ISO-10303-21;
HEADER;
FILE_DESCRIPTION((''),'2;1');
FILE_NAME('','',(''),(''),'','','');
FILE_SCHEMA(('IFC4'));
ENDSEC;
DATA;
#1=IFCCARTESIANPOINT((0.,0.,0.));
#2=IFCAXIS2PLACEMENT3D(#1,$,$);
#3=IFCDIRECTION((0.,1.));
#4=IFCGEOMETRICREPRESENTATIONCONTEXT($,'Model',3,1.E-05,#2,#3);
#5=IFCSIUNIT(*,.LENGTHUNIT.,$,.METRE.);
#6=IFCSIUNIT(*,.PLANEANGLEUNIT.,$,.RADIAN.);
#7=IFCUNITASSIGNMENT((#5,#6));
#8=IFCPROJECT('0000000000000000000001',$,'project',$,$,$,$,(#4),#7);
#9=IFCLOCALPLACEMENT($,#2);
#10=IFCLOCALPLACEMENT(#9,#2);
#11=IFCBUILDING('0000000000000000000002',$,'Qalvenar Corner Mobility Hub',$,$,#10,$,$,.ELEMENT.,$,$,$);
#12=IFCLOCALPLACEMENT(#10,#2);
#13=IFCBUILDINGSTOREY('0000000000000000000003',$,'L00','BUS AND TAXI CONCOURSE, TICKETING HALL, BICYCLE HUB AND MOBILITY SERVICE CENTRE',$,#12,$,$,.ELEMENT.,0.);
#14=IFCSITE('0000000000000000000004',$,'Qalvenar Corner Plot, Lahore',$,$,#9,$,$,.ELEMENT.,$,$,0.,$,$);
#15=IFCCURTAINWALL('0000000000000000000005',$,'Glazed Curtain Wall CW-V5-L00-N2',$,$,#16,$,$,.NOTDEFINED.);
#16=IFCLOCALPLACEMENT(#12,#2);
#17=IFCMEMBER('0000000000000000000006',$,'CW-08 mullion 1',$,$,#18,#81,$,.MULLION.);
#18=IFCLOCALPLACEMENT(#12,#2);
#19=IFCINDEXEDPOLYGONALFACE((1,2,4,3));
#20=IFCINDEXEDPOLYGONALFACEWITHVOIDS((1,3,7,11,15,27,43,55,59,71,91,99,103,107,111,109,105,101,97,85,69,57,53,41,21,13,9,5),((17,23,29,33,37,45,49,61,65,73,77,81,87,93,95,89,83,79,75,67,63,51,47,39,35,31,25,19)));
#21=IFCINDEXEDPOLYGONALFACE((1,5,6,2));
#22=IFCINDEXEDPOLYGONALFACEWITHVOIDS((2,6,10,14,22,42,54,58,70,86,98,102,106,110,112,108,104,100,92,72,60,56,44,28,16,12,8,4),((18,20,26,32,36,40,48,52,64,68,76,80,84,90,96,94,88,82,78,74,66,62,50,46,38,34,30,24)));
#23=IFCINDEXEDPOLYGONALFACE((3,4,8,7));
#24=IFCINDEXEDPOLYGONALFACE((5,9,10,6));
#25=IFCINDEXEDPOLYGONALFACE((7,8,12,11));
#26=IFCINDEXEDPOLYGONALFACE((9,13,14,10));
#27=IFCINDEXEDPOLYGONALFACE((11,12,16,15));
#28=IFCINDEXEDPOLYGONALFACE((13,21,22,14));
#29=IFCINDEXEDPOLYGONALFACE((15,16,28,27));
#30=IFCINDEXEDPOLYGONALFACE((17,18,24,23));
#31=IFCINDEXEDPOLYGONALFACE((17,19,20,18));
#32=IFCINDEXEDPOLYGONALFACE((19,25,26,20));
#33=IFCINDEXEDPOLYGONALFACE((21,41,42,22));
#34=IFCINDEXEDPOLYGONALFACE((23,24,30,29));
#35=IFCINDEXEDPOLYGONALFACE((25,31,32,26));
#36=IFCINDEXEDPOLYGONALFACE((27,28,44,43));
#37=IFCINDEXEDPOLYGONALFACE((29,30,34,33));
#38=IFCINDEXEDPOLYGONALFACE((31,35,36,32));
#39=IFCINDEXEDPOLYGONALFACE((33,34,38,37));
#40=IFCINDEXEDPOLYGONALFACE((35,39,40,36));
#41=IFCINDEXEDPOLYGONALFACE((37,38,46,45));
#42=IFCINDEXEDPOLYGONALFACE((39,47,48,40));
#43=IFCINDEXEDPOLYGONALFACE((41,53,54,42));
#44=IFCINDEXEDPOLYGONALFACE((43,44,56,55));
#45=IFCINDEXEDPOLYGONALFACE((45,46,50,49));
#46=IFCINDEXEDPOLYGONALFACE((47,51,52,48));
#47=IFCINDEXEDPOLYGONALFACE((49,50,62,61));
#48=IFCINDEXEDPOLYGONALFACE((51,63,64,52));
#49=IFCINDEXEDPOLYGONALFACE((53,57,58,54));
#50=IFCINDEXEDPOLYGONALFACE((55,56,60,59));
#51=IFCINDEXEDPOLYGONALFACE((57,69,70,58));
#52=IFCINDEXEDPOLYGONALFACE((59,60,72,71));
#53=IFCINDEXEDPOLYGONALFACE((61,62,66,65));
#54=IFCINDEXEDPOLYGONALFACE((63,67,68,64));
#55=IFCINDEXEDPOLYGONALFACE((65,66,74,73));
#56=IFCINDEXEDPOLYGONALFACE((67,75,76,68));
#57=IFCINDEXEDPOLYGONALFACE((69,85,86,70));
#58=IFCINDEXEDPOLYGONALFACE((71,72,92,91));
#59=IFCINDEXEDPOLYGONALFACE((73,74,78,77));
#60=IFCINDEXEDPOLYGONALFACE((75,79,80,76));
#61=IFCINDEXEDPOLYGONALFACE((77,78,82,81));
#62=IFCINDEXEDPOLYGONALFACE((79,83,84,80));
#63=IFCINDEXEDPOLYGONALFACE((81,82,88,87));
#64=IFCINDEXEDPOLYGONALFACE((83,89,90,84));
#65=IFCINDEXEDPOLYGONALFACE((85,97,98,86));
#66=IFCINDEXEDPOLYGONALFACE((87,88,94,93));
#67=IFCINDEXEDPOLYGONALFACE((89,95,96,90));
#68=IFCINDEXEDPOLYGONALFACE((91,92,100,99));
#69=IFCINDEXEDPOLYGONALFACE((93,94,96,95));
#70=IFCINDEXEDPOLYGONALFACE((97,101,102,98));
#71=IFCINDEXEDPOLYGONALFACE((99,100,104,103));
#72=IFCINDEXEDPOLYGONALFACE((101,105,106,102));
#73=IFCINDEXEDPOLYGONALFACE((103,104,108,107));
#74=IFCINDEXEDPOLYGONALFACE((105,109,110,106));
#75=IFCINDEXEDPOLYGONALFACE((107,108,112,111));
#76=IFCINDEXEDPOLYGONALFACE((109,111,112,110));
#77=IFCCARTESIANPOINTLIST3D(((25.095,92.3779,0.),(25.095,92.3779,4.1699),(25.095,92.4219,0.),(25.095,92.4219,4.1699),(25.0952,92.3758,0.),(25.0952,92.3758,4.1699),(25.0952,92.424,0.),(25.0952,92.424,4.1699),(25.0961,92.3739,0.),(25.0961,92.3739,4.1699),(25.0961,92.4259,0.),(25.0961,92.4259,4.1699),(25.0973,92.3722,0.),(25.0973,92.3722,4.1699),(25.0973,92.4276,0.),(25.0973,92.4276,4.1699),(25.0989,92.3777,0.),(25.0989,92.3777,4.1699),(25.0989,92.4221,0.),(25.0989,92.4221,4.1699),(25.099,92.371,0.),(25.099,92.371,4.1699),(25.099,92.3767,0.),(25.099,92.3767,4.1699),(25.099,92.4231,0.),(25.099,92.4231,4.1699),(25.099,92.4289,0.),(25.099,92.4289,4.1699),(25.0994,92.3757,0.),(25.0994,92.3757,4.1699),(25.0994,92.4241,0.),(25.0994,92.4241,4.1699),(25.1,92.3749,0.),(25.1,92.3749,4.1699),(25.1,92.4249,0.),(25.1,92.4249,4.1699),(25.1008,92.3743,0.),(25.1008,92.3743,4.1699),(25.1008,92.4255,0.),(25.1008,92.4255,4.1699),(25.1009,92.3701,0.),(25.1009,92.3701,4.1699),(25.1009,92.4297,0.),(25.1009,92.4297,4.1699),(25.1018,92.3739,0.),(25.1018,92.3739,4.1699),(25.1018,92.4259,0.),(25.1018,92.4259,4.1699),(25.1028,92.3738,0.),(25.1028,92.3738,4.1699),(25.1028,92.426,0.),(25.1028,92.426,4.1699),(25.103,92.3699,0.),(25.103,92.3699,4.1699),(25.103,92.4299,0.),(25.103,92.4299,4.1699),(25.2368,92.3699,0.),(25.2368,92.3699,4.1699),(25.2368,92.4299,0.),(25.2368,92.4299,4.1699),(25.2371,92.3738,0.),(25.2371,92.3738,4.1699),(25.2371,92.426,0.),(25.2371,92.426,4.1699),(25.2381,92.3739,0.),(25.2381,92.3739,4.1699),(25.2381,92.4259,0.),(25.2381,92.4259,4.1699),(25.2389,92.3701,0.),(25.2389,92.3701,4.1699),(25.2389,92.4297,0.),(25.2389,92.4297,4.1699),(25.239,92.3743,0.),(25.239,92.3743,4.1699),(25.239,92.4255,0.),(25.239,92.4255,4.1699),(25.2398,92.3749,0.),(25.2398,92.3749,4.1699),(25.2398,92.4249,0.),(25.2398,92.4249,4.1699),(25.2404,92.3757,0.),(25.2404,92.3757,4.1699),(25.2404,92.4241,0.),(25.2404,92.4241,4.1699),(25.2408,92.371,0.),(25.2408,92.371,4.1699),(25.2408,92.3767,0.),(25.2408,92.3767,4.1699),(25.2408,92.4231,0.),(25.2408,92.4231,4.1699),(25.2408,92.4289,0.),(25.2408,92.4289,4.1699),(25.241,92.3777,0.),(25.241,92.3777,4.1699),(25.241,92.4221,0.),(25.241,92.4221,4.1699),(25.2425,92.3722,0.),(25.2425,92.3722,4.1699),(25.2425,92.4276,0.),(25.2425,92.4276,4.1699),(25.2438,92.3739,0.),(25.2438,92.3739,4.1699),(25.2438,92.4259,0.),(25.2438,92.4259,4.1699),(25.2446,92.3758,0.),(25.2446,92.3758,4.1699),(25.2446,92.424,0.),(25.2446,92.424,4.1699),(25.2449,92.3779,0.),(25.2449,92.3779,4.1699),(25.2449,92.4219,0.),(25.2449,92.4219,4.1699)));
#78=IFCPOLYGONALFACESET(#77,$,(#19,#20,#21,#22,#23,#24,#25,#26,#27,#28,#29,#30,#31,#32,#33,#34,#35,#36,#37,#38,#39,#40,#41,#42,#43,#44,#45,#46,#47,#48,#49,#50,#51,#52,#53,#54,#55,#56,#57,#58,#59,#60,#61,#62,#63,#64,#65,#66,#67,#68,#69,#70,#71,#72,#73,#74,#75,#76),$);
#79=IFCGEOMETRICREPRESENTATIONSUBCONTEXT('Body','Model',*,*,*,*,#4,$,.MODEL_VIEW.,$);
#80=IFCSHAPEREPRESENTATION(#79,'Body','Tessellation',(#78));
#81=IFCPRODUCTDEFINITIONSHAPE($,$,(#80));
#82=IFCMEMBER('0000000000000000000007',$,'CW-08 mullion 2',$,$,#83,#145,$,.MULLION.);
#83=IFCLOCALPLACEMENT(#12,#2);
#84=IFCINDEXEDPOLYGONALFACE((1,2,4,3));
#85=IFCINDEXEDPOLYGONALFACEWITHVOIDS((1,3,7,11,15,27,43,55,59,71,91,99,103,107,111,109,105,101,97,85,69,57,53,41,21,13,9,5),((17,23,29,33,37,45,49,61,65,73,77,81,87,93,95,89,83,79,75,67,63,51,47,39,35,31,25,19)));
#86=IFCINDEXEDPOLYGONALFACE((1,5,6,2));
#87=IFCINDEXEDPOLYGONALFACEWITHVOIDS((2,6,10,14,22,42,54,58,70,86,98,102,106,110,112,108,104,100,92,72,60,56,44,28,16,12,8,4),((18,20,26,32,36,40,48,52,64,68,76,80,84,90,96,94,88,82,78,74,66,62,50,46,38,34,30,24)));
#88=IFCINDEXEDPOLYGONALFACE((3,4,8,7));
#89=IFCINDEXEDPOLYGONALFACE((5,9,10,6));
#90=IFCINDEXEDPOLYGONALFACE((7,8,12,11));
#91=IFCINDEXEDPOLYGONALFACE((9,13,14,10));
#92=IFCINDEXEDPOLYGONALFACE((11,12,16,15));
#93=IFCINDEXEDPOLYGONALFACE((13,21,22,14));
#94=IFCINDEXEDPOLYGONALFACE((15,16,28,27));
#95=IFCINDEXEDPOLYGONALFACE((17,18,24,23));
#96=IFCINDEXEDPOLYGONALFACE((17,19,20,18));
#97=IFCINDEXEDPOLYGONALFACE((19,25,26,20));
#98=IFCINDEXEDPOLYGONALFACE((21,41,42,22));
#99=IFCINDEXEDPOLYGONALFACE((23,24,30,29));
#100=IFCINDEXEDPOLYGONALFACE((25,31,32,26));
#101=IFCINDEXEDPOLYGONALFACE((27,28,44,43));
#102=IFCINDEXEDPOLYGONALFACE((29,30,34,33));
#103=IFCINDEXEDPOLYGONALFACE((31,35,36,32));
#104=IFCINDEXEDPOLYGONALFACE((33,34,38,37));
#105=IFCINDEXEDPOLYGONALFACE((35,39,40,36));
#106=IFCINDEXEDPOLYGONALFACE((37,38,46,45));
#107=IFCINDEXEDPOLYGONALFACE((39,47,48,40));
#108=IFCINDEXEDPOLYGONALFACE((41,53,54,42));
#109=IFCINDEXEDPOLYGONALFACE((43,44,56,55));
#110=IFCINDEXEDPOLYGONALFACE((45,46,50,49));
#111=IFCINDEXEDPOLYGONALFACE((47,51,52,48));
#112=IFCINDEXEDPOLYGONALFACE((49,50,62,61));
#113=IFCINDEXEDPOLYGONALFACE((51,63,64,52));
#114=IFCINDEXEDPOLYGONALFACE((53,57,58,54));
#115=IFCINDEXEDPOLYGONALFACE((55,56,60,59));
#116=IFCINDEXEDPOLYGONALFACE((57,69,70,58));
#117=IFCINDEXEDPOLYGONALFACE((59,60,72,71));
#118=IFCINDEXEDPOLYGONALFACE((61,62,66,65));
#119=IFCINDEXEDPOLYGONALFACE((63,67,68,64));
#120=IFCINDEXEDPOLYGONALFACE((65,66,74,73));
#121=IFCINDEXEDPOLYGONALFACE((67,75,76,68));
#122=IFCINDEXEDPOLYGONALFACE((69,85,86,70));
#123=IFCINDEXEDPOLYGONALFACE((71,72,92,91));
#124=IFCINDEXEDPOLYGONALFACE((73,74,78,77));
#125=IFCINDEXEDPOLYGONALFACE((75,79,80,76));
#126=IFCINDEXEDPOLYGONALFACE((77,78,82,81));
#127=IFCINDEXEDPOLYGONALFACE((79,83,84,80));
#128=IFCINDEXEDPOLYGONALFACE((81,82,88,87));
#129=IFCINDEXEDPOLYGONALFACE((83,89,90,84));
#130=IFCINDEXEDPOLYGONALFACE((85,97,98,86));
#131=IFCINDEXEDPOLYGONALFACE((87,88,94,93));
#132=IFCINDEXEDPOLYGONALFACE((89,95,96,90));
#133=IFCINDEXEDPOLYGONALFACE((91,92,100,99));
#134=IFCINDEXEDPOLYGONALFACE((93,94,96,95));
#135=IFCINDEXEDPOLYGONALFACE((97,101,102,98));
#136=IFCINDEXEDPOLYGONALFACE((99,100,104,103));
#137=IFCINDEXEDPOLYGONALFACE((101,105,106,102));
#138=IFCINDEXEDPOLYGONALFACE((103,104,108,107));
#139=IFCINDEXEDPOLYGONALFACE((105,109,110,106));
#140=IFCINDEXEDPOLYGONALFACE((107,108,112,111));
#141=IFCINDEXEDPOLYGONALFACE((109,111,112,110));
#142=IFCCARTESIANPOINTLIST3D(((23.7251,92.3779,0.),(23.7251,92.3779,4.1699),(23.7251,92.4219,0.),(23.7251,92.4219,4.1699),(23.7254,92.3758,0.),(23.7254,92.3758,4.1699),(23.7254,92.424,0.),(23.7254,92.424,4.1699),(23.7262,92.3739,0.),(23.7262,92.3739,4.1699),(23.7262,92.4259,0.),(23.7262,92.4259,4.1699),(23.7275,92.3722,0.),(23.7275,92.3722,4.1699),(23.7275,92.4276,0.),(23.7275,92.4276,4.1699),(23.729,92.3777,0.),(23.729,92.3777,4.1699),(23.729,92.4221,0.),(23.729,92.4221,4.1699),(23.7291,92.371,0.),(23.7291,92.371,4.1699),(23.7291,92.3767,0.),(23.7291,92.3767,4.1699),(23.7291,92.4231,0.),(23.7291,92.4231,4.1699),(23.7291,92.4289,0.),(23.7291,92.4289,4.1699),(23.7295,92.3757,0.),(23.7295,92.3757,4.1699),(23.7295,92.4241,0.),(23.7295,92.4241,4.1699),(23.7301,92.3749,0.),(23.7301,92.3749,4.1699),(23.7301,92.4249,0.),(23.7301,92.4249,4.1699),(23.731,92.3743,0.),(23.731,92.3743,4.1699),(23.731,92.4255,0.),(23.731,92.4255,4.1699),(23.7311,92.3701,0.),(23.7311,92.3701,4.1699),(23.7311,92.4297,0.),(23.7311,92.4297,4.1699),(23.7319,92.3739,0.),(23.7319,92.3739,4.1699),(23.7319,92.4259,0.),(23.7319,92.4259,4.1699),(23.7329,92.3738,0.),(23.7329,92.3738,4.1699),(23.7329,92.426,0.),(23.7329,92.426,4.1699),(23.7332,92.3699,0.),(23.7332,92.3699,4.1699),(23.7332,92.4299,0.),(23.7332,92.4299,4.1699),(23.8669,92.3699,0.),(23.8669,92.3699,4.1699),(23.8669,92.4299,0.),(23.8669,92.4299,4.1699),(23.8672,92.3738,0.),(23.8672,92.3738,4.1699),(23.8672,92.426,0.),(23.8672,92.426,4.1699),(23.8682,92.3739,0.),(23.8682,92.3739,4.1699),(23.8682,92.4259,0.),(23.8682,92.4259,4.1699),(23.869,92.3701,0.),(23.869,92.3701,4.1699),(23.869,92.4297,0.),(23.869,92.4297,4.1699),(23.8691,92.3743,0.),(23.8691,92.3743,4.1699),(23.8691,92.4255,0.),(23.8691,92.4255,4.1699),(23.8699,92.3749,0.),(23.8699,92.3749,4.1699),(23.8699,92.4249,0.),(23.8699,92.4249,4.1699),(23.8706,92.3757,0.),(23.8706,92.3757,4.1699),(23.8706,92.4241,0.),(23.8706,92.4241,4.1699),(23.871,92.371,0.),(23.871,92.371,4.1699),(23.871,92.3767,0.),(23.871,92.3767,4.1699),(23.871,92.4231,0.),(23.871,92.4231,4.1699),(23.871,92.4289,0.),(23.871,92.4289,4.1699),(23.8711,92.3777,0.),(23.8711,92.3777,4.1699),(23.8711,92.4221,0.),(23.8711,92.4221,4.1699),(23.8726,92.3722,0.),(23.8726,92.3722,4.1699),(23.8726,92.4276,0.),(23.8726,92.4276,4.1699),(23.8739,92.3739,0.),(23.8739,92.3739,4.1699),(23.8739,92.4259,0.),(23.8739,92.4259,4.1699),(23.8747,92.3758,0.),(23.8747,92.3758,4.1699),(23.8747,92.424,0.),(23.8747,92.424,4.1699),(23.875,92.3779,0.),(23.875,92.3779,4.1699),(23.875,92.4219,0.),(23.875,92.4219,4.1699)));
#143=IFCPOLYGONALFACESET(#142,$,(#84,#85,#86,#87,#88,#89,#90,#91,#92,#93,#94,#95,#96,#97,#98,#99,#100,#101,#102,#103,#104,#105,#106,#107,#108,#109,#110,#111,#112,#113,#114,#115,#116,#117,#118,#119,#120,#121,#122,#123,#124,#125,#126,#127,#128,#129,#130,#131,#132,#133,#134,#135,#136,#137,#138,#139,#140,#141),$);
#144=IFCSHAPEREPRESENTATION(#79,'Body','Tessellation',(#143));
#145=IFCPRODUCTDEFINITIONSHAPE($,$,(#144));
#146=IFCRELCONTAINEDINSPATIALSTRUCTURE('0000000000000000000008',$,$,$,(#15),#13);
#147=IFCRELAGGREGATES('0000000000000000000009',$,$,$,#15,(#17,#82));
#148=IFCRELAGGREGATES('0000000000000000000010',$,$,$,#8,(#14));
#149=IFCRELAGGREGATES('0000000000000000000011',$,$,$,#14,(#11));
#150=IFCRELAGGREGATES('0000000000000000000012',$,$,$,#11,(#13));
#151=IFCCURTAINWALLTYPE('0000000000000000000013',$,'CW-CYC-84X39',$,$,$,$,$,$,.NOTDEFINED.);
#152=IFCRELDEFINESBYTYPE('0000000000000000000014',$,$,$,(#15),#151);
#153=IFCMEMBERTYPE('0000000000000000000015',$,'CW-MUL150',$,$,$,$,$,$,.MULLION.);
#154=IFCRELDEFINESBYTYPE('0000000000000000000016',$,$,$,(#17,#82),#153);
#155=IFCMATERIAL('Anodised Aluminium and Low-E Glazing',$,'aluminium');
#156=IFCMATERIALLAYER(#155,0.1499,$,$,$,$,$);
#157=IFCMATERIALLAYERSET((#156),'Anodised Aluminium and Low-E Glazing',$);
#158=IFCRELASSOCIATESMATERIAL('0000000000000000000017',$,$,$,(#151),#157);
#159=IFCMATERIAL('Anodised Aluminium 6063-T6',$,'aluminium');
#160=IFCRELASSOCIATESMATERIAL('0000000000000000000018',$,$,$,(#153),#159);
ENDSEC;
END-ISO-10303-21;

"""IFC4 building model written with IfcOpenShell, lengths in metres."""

from ifc_helpers import new_model, si_unit, direction, frame, origin, origin_2d, place, context, subcontext, project, spatial, hollow_rectangle, extrude, material, layer, layer_set, material_profile, profile_set, type_object, element, aggregate, save


model = new_model("IFC4")

# Units and contexts
model_context = context("Model", 3, precision=1e-05, world=origin(), true_north=direction((0.0, 1.0)))
body_context = subcontext(model_context, "Body", "Model", "MODEL_VIEW")
ifc_project = project(units=[si_unit("LENGTHUNIT", "METRE"), si_unit("PLANEANGLEUNIT", "RADIAN")], contexts=[model_context])

# Site, building, storey
site_placement = place(None, origin())
site = spatial("IfcSite", under=ifc_project, at=site_placement, Name="Qalvenar Corner Plot, Lahore", CompositionType="ELEMENT", RefElevation=0.0)
building_placement = place(site_placement, origin())
building = spatial("IfcBuilding", under=site, at=building_placement, Name="Qalvenar Corner Mobility Hub", CompositionType="ELEMENT")
storey_placement = place(building_placement, origin())
storey = spatial("IfcBuildingStorey", under=building, at=storey_placement, Name="L00", Description="BUS AND TAXI CONCOURSE, TICKETING HALL, BICYCLE HUB AND MOBILITY SERVICE CENTRE", CompositionType="ELEMENT", Elevation=0.0)

# Curtain wall, members
ifc_material_1 = material(Name="Anodised Aluminium and Low-E Glazing", Category="aluminium")
ifc_layer_1 = layer(ifc_material_1, 0.1499)
ifc_layer_set_1 = layer_set([ifc_layer_1], Name="Anodised Aluminium and Low-E Glazing")
curtain_wall_type = type_object("IfcCurtainWallType", Name="CW-CYC-84X39", PredefinedType="NOTDEFINED", material=ifc_layer_set_1)
curtain_wall_1_placement = place(storey_placement, origin())
curtain_wall_1 = element("IfcCurtainWall", 1, at=curtain_wall_1_placement, inside=storey, type_object=curtain_wall_type, Name="Glazed Curtain Wall CW-V5-L00-N2", PredefinedType="NOTDEFINED")
ifc_material_2 = material(Name="Anodised Aluminium 6063-T6", Category="aluminium")
ifc_material_profile_1 = material_profile(ifc_material_2, hollow_rectangle(XDim=0.0601, YDim=0.1499, WallThickness=0.0039, InnerFilletRadius=0.0039, OuterFilletRadius=0.0081, at=origin_2d()), Name="RHS150x60x4")
ifc_profile_set_1 = profile_set([ifc_material_profile_1], Name="Anodised Aluminium 6063-T6")
member_type_1 = type_object("IfcMemberType", Name="CW-MUL150", PredefinedType="MULLION", material=ifc_profile_set_1)
member_1_placement = place(storey_placement, frame((25.1699, 92.3999, 0.0), z_axis=(0.0, 0.0, 1.0), x_axis=(0.0, -1.0, 0.0)))
member_1 = element("IfcMember", 2, at=member_1_placement, type_object=member_type_1, Name="CW-08 mullion 1", PredefinedType="MULLION", context=body_context, shape_type="SweptSolid", body=[
    extrude(hollow_rectangle(XDim=0.0601, YDim=0.1499, WallThickness=0.0039, InnerFilletRadius=0.0039, OuterFilletRadius=0.0081, at=origin_2d()), origin(), (0.0, 0.0, 1.0), 4.1699),
])
member_2_placement = place(storey_placement, frame((23.8, 92.3999, 0.0), z_axis=(0.0, 0.0, 1.0), x_axis=(0.0, -1.0, 0.0)))
member_2 = element("IfcMember", 3, at=member_2_placement, type_object=member_type_1, Name="CW-08 mullion 2", PredefinedType="MULLION", context=body_context, shape_type="SweptSolid", body=[
    extrude(hollow_rectangle(XDim=0.0601, YDim=0.1499, WallThickness=0.0039, InnerFilletRadius=0.0039, OuterFilletRadius=0.0081, at=origin_2d()), origin(), (0.0, 0.0, 1.0), 4.1699),
])

aggregate(curtain_wall_1, [member_1, member_2])

save(model, "model.ifc")
